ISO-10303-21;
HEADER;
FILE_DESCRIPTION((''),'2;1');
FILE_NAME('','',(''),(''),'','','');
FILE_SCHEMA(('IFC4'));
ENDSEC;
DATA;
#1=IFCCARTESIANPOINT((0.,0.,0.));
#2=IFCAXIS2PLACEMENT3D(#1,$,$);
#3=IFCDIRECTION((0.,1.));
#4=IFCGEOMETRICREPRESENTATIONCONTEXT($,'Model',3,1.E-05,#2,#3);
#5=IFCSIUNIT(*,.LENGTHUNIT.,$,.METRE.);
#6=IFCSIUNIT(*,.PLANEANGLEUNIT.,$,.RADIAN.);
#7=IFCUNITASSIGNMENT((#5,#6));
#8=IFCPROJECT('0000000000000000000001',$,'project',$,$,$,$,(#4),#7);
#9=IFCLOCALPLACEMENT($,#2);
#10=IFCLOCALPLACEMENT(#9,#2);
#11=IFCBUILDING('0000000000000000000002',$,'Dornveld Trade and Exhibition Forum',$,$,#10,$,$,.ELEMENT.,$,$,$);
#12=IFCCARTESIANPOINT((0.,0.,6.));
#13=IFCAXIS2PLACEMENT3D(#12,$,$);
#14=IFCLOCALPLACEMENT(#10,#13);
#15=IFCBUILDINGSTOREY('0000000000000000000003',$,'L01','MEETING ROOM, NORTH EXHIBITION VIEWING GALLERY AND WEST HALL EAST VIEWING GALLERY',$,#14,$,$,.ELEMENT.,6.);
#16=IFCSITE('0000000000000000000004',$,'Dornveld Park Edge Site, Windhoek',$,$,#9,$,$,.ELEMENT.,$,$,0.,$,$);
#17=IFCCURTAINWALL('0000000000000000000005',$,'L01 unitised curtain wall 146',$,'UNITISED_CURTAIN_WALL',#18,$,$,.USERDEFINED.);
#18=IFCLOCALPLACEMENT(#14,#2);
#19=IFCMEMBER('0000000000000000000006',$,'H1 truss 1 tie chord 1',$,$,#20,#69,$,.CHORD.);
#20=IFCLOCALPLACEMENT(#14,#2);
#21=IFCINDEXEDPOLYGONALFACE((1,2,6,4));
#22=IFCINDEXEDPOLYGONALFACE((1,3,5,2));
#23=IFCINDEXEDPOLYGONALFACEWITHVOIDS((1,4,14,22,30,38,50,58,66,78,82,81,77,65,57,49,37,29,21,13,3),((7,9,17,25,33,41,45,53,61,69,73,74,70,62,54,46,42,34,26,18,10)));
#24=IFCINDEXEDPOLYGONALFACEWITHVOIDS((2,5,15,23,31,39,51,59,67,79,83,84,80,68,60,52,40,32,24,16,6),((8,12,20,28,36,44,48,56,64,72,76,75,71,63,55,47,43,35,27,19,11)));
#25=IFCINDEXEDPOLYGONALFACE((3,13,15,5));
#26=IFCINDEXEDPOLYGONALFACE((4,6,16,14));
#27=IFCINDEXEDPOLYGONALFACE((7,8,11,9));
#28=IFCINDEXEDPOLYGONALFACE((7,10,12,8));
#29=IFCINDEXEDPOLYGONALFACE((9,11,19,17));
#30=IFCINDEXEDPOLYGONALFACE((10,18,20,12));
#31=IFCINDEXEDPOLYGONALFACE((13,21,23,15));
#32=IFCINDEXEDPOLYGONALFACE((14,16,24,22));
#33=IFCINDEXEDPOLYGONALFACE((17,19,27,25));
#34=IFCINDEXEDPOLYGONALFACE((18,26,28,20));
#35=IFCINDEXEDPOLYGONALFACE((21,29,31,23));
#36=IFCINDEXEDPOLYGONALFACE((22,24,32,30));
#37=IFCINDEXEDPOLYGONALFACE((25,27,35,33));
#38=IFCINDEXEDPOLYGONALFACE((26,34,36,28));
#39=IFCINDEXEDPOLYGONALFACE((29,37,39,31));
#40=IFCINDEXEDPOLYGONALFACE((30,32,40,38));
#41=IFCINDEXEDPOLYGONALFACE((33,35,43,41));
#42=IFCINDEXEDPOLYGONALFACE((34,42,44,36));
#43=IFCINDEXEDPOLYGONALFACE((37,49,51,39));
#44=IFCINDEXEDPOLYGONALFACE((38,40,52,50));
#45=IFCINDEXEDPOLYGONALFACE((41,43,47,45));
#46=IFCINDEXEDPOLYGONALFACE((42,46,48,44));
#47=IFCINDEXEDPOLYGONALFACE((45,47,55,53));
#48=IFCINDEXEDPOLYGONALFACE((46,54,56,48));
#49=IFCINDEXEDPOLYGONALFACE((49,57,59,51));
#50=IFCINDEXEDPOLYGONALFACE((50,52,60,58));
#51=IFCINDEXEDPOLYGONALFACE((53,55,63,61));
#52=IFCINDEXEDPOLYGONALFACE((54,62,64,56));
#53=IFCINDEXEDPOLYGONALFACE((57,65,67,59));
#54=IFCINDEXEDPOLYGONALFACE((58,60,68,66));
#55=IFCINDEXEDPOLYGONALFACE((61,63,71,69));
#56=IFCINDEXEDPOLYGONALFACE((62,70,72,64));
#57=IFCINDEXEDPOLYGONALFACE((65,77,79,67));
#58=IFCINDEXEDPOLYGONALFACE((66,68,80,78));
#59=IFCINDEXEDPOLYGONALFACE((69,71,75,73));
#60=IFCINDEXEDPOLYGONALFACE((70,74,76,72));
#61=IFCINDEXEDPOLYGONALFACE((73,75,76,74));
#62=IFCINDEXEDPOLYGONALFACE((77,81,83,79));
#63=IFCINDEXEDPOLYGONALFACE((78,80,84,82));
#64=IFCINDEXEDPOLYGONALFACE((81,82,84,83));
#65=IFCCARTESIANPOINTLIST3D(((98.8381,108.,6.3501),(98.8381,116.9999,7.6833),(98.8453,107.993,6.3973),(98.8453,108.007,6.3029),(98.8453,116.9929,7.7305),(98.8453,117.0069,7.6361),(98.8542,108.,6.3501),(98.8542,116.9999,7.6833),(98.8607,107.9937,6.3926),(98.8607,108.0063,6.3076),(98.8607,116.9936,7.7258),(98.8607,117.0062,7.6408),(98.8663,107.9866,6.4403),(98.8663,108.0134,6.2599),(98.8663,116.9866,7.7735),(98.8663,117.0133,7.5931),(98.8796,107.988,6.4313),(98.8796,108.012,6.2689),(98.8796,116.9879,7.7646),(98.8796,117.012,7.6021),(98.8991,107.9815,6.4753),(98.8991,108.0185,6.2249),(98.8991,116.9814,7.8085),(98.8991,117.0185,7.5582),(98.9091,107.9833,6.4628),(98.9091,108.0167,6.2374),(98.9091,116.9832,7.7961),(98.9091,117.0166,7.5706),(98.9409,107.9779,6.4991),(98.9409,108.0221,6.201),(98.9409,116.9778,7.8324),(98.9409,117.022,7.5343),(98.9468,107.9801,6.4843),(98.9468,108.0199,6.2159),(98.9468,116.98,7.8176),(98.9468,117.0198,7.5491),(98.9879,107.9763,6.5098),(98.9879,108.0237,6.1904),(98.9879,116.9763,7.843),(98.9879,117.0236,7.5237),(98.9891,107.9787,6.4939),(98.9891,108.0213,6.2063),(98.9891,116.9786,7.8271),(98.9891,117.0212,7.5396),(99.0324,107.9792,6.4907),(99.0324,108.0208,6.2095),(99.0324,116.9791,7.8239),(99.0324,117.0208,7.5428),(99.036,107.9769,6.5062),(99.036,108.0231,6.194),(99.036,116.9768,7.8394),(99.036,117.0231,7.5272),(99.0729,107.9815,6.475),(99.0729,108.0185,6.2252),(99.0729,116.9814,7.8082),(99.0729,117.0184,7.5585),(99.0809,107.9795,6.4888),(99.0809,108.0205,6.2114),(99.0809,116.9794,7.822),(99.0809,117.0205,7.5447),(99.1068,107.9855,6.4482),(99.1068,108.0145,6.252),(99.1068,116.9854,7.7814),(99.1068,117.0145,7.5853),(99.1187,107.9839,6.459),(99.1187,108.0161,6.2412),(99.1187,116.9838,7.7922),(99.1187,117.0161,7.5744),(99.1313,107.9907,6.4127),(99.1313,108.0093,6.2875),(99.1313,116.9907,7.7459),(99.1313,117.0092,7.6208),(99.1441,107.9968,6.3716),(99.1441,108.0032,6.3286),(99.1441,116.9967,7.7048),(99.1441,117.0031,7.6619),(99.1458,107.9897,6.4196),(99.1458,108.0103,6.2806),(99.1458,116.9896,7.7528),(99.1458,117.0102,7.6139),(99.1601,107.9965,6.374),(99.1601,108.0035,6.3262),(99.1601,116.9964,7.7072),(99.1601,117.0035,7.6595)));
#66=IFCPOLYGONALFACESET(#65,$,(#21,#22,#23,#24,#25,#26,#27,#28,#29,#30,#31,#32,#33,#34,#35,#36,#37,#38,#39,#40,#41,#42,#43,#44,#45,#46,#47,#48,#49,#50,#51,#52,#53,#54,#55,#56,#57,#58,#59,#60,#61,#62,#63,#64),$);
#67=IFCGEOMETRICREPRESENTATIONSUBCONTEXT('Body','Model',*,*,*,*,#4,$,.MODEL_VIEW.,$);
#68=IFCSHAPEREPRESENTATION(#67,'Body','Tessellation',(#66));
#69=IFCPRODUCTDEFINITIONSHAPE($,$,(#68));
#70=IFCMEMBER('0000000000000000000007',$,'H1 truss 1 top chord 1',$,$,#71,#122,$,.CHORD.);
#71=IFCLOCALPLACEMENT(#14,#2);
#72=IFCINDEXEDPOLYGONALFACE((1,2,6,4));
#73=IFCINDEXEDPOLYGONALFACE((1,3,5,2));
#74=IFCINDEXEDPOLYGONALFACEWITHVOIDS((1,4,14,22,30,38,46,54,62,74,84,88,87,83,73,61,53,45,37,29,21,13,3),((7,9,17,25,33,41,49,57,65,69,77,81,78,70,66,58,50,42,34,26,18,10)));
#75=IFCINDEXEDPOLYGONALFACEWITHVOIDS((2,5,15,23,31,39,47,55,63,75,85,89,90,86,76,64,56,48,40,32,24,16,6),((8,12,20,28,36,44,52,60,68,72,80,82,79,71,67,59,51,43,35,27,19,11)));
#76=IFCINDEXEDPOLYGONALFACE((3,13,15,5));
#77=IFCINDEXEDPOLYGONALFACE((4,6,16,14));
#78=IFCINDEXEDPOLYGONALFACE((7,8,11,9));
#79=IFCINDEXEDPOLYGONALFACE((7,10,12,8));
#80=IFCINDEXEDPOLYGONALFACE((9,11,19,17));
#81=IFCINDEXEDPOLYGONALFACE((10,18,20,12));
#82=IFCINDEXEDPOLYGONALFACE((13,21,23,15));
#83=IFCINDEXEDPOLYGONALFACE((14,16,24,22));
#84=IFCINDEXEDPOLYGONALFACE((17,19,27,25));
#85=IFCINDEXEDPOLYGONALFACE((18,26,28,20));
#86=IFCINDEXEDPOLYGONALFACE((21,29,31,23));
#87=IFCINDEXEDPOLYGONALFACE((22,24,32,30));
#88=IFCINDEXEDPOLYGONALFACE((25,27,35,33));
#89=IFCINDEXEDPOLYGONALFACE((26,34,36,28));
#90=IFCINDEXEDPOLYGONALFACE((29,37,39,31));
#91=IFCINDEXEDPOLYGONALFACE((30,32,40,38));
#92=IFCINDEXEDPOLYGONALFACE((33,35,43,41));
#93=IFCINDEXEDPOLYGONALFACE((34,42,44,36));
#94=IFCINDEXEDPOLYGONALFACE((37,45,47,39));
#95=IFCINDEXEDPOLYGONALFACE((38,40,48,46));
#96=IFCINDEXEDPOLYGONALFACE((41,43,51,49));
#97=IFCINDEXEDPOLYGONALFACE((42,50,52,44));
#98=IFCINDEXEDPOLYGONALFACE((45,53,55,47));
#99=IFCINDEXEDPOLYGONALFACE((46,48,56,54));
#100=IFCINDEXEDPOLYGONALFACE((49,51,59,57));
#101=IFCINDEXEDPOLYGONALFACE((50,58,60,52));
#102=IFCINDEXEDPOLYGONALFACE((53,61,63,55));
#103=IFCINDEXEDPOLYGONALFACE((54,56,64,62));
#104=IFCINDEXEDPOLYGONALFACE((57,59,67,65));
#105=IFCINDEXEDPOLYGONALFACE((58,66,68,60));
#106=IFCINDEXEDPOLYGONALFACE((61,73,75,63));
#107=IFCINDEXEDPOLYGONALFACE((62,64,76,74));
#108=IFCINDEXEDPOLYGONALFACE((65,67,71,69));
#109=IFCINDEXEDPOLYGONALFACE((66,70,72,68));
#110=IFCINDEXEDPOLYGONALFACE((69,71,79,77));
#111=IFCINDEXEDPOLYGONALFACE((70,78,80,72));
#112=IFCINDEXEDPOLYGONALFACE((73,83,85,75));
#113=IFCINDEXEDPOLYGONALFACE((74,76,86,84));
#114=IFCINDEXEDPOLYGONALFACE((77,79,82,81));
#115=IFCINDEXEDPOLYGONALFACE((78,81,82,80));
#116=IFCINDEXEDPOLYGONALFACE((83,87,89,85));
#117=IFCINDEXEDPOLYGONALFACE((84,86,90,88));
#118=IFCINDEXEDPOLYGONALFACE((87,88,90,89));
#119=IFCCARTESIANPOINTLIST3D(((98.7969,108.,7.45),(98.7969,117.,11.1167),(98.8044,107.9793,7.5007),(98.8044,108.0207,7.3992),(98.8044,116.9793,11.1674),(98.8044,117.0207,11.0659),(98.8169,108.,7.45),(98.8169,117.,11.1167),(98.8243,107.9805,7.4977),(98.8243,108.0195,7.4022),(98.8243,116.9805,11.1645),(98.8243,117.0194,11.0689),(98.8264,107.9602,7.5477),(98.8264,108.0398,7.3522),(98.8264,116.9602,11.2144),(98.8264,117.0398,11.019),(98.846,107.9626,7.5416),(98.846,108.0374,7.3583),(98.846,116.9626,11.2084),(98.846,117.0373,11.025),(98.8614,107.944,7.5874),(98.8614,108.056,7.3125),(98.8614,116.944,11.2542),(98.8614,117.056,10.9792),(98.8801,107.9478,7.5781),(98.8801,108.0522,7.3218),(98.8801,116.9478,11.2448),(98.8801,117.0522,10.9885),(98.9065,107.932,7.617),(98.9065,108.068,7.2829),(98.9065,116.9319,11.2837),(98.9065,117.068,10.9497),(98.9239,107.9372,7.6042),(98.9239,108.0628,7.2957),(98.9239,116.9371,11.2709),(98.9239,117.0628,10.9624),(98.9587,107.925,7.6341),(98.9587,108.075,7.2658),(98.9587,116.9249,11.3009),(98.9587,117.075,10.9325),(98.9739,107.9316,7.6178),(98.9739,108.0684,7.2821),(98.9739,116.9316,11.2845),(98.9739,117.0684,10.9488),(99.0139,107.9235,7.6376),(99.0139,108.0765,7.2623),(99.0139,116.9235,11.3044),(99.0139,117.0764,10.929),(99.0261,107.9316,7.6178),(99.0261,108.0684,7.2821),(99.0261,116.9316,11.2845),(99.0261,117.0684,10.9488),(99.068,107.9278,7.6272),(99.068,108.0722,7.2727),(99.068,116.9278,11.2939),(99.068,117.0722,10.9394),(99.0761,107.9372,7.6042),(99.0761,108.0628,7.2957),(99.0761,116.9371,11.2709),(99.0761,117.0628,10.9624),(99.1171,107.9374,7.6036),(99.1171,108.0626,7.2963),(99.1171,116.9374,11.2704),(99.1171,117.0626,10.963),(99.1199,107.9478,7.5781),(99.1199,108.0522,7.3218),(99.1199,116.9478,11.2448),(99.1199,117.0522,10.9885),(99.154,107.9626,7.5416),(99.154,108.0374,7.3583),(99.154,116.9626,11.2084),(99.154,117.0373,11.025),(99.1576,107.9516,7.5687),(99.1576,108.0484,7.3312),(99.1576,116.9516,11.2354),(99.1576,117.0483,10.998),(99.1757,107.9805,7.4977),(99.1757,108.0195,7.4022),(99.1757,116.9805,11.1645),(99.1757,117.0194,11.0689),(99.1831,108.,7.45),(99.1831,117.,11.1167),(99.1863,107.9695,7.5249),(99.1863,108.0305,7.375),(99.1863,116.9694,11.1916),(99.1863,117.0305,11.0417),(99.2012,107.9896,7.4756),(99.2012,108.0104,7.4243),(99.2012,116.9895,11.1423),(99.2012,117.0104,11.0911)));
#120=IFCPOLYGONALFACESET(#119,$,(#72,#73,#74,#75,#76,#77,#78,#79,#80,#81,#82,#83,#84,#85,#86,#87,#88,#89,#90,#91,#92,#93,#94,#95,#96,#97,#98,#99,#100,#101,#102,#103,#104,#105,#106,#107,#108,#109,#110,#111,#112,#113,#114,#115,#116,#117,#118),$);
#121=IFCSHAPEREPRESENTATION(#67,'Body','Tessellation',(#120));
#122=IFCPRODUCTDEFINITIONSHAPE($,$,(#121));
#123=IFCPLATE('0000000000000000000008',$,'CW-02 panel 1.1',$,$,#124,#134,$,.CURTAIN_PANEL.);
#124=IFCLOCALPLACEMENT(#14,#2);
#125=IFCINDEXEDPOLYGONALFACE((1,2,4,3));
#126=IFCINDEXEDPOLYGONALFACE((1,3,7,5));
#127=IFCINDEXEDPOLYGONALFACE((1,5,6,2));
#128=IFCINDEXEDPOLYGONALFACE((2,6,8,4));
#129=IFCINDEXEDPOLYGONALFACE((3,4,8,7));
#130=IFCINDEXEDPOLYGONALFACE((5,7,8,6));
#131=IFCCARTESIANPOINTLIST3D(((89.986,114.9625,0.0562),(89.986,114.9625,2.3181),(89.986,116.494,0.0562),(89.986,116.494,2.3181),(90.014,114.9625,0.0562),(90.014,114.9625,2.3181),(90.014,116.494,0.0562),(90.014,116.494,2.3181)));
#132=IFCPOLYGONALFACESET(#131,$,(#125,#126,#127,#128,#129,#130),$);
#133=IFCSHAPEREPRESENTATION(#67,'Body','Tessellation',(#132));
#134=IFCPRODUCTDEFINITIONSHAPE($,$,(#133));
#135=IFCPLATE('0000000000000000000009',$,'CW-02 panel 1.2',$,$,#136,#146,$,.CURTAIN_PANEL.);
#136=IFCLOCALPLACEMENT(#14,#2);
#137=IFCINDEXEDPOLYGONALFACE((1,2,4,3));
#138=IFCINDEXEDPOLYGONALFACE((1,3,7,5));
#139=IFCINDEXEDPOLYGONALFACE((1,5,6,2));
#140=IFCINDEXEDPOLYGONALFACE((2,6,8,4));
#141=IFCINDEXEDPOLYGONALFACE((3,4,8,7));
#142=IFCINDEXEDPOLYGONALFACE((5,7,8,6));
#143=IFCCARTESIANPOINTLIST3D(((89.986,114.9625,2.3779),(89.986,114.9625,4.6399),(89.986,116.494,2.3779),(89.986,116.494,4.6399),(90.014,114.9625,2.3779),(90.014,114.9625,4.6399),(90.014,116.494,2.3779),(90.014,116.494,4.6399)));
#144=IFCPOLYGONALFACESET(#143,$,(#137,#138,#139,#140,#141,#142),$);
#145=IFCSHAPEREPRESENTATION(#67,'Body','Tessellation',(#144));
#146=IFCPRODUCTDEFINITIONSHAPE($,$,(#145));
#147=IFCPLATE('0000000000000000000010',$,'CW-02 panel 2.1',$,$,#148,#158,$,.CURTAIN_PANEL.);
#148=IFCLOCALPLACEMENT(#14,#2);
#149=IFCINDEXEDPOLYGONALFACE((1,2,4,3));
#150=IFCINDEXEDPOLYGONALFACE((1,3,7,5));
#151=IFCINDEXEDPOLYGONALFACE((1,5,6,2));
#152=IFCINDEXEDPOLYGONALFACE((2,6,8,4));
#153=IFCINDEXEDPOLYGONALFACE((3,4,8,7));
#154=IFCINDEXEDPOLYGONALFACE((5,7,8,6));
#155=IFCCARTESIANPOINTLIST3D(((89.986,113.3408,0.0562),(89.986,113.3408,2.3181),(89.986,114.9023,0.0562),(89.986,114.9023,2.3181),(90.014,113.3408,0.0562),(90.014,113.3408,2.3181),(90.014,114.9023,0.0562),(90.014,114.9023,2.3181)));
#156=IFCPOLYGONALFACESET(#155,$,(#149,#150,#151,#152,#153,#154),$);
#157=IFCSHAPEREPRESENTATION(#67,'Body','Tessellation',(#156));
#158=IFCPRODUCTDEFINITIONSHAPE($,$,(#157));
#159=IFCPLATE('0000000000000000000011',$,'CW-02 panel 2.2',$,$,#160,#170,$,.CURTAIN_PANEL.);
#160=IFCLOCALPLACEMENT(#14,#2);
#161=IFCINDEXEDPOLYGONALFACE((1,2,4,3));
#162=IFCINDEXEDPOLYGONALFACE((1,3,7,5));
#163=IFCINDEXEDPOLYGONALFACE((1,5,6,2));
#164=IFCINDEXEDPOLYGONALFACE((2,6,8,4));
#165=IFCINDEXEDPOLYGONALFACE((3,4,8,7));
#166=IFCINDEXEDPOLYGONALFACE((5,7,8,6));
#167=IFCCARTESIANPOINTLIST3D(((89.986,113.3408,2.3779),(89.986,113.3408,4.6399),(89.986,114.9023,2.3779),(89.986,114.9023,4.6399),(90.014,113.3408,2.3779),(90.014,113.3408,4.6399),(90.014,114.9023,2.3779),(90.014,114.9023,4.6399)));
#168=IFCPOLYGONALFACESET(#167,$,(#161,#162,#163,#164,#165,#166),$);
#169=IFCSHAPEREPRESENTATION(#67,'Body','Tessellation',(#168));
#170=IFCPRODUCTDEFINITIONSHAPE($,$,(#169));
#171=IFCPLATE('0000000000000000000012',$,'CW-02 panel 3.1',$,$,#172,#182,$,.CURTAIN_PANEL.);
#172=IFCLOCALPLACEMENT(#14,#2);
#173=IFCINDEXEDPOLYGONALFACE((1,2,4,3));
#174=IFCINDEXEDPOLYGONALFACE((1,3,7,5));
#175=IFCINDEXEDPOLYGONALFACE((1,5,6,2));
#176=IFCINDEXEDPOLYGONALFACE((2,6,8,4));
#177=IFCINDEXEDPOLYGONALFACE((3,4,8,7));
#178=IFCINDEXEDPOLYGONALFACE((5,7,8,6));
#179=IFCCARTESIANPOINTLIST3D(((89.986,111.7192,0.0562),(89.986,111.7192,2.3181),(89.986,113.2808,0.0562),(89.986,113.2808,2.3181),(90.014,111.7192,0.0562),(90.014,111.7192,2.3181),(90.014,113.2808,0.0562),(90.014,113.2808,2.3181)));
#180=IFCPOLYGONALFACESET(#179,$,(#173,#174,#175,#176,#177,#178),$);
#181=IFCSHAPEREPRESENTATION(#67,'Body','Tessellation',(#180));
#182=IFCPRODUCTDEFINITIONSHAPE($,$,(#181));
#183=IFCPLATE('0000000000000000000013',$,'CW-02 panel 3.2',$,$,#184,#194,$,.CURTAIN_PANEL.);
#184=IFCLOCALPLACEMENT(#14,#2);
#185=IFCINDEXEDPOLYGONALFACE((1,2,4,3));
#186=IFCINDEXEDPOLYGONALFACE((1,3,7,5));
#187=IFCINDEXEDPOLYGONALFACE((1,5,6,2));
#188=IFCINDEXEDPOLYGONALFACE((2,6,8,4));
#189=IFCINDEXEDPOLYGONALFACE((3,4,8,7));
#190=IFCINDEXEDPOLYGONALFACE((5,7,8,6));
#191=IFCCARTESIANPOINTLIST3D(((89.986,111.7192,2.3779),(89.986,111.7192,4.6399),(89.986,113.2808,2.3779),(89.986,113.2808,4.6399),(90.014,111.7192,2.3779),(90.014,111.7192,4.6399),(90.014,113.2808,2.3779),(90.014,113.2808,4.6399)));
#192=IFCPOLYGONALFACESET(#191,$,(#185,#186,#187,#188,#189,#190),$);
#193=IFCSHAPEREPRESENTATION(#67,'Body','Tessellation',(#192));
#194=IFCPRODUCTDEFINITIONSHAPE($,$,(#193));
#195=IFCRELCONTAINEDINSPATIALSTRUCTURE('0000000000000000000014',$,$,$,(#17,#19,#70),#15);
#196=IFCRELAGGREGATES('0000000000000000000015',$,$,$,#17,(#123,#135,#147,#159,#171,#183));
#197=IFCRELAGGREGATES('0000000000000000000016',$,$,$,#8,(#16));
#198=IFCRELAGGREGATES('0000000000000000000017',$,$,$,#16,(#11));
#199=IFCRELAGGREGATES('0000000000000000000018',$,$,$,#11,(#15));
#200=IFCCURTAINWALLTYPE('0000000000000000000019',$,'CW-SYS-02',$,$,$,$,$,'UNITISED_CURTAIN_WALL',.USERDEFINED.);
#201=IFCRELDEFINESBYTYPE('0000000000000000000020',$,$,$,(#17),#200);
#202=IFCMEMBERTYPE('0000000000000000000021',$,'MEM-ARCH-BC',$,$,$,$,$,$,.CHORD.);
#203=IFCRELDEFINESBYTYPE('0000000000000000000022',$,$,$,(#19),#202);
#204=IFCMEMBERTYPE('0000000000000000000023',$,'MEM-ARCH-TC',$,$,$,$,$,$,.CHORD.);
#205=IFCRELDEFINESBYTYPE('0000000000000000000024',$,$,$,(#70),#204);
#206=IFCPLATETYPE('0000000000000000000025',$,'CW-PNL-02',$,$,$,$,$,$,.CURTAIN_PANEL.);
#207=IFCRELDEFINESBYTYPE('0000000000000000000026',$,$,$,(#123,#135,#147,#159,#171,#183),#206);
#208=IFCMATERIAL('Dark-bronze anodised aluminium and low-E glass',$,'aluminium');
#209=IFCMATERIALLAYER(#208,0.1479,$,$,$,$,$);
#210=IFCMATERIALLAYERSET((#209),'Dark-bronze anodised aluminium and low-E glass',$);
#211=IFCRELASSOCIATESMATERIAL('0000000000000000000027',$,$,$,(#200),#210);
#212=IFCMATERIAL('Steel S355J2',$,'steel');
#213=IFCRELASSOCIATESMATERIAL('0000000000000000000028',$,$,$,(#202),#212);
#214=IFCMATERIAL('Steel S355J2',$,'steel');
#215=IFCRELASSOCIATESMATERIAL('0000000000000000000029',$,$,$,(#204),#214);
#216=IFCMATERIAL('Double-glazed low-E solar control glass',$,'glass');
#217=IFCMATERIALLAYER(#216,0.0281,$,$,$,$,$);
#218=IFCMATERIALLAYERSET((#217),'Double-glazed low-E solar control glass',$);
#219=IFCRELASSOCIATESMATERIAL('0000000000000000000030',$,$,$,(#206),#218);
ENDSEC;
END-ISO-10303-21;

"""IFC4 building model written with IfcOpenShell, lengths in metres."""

from ifc_helpers import new_model, si_unit, direction, frame, origin, origin_2d, place, context, subcontext, project, spatial, rectangle, hollow_circle, extrude, material, layer, layer_set, material_profile, profile_set, type_object, element, aggregate, save


model = new_model("IFC4")

# Units and contexts
model_context = context("Model", 3, precision=1e-05, world=origin(), true_north=direction((0.0, 1.0)))
body_context = subcontext(model_context, "Body", "Model", "MODEL_VIEW")
ifc_project = project(units=[si_unit("LENGTHUNIT", "METRE"), si_unit("PLANEANGLEUNIT", "RADIAN")], contexts=[model_context])

# Site, building, storey
site_placement = place(None, origin())
site = spatial("IfcSite", under=ifc_project, at=site_placement, Name="Dornveld Park Edge Site, Windhoek", CompositionType="ELEMENT", RefElevation=0.0)
building_placement = place(site_placement, origin())
building = spatial("IfcBuilding", under=site, at=building_placement, Name="Dornveld Trade and Exhibition Forum", CompositionType="ELEMENT")
storey_placement = place(building_placement, frame((0.0, 0.0, 6.0)))
storey = spatial("IfcBuildingStorey", under=building, at=storey_placement, Name="L01", Description="MEETING ROOM, NORTH EXHIBITION VIEWING GALLERY AND WEST HALL EAST VIEWING GALLERY", CompositionType="ELEMENT", Elevation=6.0)

# Curtain wall
ifc_material_1 = material(Name="Dark-bronze anodised aluminium and low-E glass", Category="aluminium")
ifc_layer_1 = layer(ifc_material_1, 0.1479)
ifc_layer_set_1 = layer_set([ifc_layer_1], Name="Dark-bronze anodised aluminium and low-E glass")
curtain_wall_type = type_object("IfcCurtainWallType", Name="CW-SYS-02", ElementType="UNITISED_CURTAIN_WALL", PredefinedType="USERDEFINED", material=ifc_layer_set_1)
curtain_wall_placement = place(storey_placement, origin())
curtain_wall = element("IfcCurtainWall", 1, at=curtain_wall_placement, inside=storey, type_object=curtain_wall_type, Name="L01 unitised curtain wall 146", ObjectType="UNITISED_CURTAIN_WALL", PredefinedType="USERDEFINED")

# Members
ifc_material_2 = material(Name="Steel S355J2", Category="steel")
ifc_material_profile_1 = material_profile(ifc_material_2, hollow_circle(Radius=0.1619, WallThickness=0.0161, at=origin_2d()), Name="CHS 323.9x16")
ifc_profile_set_1 = profile_set([ifc_material_profile_1], Name="Steel S355J2")
member_type_1 = type_object("IfcMemberType", Name="MEM-ARCH-BC", PredefinedType="CHORD", material=ifc_profile_set_1)
member_1_placement = place(storey_placement, frame((99.0, 108.0, 6.3501), z_axis=(0.0, 0.989205, 0.14654), x_axis=(-1.0, 0.0, 0.0)))
element("IfcMember", 2, at=member_1_placement, inside=storey, type_object=member_type_1, Name="H1 truss 1 tie chord 1", PredefinedType="CHORD", context=body_context, shape_type="SweptSolid", body=[
    extrude(hollow_circle(Radius=0.1619, WallThickness=0.0161, at=origin_2d()), origin(), (0.0, 0.0, 1.0), 9.0981),
])
ifc_material_3 = material(Name="Steel S355J2", Category="steel")
ifc_material_profile_2 = material_profile(ifc_material_3, hollow_circle(Radius=0.2031, WallThickness=0.02, at=origin_2d()), Name="CHS 406.4x20")
ifc_profile_set_2 = profile_set([ifc_material_profile_2], Name="Steel S355J2")
member_type_2 = type_object("IfcMemberType", Name="MEM-ARCH-TC", PredefinedType="CHORD", material=ifc_profile_set_2)
member_2_placement = place(storey_placement, frame((99.0, 108.0, 7.45), z_axis=(0.0, 0.926089, 0.377304), x_axis=(-1.0, 0.0, 0.0)))
element("IfcMember", 3, at=member_2_placement, inside=storey, type_object=member_type_2, Name="H1 truss 1 top chord 1", PredefinedType="CHORD", context=body_context, shape_type="SweptSolid", body=[
    extrude(hollow_circle(Radius=0.2031, WallThickness=0.02, at=origin_2d()), origin(), (0.0, 0.0, 1.0), 9.7183),
])

# Plates
ifc_material_4 = material(Name="Double-glazed low-E solar control glass", Category="glass")
ifc_layer_2 = layer(ifc_material_4, 0.0281)
ifc_layer_set_2 = layer_set([ifc_layer_2], Name="Double-glazed low-E solar control glass")
plate_type = type_object("IfcPlateType", Name="CW-PNL-02", PredefinedType="CURTAIN_PANEL", material=ifc_layer_set_2)
plate_1_placement = place(storey_placement, frame((90.0, 115.7283, 0.0562), z_axis=(0.0, 0.0, 1.0), x_axis=(0.0, -1.0, 0.0)))
plate_1 = element("IfcPlate", 4, at=plate_1_placement, type_object=plate_type, Name="CW-02 panel 1.1", PredefinedType="CURTAIN_PANEL", context=body_context, shape_type="SweptSolid", body=[
    extrude(rectangle(XDim=1.5315, YDim=0.0281, at=origin_2d()), origin(), (0.0, 0.0, 1.0), 2.262),
])
plate_2_placement = place(storey_placement, frame((90.0, 115.7283, 2.3779), z_axis=(0.0, 0.0, 1.0), x_axis=(0.0, -1.0, 0.0)))
plate_2 = element("IfcPlate", 5, at=plate_2_placement, type_object=plate_type, Name="CW-02 panel 1.2", PredefinedType="CURTAIN_PANEL", context=body_context, shape_type="SweptSolid", body=[
    extrude(rectangle(XDim=1.5315, YDim=0.0281, at=origin_2d()), origin(), (0.0, 0.0, 1.0), 2.262),
])
plate_3_placement = place(storey_placement, frame((90.0, 114.1216, 0.0562), z_axis=(0.0, 0.0, 1.0), x_axis=(0.0, -1.0, 0.0)))
plate_3 = element("IfcPlate", 6, at=plate_3_placement, type_object=plate_type, Name="CW-02 panel 2.1", PredefinedType="CURTAIN_PANEL", context=body_context, shape_type="SweptSolid", body=[
    extrude(rectangle(XDim=1.5615, YDim=0.0281, at=origin_2d()), origin(), (0.0, 0.0, 1.0), 2.262),
])
plate_4_placement = place(storey_placement, frame((90.0, 114.1216, 2.3779), z_axis=(0.0, 0.0, 1.0), x_axis=(0.0, -1.0, 0.0)))
plate_4 = element("IfcPlate", 7, at=plate_4_placement, type_object=plate_type, Name="CW-02 panel 2.2", PredefinedType="CURTAIN_PANEL", context=body_context, shape_type="SweptSolid", body=[
    extrude(rectangle(XDim=1.5615, YDim=0.0281, at=origin_2d()), origin(), (0.0, 0.0, 1.0), 2.262),
])
plate_5_placement = place(storey_placement, frame((90.0, 112.5, 0.0562), z_axis=(0.0, 0.0, 1.0), x_axis=(0.0, -1.0, 0.0)))
plate_5 = element("IfcPlate", 8, at=plate_5_placement, type_object=plate_type, Name="CW-02 panel 3.1", PredefinedType="CURTAIN_PANEL", context=body_context, shape_type="SweptSolid", body=[
    extrude(rectangle(XDim=1.5615, YDim=0.0281, at=origin_2d()), origin(), (0.0, 0.0, 1.0), 2.262),
])
plate_6_placement = place(storey_placement, frame((90.0, 112.5, 2.3779), z_axis=(0.0, 0.0, 1.0), x_axis=(0.0, -1.0, 0.0)))
plate_6 = element("IfcPlate", 9, at=plate_6_placement, type_object=plate_type, Name="CW-02 panel 3.2", PredefinedType="CURTAIN_PANEL", context=body_context, shape_type="SweptSolid", body=[
    extrude(rectangle(XDim=1.5615, YDim=0.0281, at=origin_2d()), origin(), (0.0, 0.0, 1.0), 2.262),
])
aggregate(curtain_wall, [plate_1, plate_2, plate_3, plate_4, plate_5, plate_6])

save(model, "model.ifc")
